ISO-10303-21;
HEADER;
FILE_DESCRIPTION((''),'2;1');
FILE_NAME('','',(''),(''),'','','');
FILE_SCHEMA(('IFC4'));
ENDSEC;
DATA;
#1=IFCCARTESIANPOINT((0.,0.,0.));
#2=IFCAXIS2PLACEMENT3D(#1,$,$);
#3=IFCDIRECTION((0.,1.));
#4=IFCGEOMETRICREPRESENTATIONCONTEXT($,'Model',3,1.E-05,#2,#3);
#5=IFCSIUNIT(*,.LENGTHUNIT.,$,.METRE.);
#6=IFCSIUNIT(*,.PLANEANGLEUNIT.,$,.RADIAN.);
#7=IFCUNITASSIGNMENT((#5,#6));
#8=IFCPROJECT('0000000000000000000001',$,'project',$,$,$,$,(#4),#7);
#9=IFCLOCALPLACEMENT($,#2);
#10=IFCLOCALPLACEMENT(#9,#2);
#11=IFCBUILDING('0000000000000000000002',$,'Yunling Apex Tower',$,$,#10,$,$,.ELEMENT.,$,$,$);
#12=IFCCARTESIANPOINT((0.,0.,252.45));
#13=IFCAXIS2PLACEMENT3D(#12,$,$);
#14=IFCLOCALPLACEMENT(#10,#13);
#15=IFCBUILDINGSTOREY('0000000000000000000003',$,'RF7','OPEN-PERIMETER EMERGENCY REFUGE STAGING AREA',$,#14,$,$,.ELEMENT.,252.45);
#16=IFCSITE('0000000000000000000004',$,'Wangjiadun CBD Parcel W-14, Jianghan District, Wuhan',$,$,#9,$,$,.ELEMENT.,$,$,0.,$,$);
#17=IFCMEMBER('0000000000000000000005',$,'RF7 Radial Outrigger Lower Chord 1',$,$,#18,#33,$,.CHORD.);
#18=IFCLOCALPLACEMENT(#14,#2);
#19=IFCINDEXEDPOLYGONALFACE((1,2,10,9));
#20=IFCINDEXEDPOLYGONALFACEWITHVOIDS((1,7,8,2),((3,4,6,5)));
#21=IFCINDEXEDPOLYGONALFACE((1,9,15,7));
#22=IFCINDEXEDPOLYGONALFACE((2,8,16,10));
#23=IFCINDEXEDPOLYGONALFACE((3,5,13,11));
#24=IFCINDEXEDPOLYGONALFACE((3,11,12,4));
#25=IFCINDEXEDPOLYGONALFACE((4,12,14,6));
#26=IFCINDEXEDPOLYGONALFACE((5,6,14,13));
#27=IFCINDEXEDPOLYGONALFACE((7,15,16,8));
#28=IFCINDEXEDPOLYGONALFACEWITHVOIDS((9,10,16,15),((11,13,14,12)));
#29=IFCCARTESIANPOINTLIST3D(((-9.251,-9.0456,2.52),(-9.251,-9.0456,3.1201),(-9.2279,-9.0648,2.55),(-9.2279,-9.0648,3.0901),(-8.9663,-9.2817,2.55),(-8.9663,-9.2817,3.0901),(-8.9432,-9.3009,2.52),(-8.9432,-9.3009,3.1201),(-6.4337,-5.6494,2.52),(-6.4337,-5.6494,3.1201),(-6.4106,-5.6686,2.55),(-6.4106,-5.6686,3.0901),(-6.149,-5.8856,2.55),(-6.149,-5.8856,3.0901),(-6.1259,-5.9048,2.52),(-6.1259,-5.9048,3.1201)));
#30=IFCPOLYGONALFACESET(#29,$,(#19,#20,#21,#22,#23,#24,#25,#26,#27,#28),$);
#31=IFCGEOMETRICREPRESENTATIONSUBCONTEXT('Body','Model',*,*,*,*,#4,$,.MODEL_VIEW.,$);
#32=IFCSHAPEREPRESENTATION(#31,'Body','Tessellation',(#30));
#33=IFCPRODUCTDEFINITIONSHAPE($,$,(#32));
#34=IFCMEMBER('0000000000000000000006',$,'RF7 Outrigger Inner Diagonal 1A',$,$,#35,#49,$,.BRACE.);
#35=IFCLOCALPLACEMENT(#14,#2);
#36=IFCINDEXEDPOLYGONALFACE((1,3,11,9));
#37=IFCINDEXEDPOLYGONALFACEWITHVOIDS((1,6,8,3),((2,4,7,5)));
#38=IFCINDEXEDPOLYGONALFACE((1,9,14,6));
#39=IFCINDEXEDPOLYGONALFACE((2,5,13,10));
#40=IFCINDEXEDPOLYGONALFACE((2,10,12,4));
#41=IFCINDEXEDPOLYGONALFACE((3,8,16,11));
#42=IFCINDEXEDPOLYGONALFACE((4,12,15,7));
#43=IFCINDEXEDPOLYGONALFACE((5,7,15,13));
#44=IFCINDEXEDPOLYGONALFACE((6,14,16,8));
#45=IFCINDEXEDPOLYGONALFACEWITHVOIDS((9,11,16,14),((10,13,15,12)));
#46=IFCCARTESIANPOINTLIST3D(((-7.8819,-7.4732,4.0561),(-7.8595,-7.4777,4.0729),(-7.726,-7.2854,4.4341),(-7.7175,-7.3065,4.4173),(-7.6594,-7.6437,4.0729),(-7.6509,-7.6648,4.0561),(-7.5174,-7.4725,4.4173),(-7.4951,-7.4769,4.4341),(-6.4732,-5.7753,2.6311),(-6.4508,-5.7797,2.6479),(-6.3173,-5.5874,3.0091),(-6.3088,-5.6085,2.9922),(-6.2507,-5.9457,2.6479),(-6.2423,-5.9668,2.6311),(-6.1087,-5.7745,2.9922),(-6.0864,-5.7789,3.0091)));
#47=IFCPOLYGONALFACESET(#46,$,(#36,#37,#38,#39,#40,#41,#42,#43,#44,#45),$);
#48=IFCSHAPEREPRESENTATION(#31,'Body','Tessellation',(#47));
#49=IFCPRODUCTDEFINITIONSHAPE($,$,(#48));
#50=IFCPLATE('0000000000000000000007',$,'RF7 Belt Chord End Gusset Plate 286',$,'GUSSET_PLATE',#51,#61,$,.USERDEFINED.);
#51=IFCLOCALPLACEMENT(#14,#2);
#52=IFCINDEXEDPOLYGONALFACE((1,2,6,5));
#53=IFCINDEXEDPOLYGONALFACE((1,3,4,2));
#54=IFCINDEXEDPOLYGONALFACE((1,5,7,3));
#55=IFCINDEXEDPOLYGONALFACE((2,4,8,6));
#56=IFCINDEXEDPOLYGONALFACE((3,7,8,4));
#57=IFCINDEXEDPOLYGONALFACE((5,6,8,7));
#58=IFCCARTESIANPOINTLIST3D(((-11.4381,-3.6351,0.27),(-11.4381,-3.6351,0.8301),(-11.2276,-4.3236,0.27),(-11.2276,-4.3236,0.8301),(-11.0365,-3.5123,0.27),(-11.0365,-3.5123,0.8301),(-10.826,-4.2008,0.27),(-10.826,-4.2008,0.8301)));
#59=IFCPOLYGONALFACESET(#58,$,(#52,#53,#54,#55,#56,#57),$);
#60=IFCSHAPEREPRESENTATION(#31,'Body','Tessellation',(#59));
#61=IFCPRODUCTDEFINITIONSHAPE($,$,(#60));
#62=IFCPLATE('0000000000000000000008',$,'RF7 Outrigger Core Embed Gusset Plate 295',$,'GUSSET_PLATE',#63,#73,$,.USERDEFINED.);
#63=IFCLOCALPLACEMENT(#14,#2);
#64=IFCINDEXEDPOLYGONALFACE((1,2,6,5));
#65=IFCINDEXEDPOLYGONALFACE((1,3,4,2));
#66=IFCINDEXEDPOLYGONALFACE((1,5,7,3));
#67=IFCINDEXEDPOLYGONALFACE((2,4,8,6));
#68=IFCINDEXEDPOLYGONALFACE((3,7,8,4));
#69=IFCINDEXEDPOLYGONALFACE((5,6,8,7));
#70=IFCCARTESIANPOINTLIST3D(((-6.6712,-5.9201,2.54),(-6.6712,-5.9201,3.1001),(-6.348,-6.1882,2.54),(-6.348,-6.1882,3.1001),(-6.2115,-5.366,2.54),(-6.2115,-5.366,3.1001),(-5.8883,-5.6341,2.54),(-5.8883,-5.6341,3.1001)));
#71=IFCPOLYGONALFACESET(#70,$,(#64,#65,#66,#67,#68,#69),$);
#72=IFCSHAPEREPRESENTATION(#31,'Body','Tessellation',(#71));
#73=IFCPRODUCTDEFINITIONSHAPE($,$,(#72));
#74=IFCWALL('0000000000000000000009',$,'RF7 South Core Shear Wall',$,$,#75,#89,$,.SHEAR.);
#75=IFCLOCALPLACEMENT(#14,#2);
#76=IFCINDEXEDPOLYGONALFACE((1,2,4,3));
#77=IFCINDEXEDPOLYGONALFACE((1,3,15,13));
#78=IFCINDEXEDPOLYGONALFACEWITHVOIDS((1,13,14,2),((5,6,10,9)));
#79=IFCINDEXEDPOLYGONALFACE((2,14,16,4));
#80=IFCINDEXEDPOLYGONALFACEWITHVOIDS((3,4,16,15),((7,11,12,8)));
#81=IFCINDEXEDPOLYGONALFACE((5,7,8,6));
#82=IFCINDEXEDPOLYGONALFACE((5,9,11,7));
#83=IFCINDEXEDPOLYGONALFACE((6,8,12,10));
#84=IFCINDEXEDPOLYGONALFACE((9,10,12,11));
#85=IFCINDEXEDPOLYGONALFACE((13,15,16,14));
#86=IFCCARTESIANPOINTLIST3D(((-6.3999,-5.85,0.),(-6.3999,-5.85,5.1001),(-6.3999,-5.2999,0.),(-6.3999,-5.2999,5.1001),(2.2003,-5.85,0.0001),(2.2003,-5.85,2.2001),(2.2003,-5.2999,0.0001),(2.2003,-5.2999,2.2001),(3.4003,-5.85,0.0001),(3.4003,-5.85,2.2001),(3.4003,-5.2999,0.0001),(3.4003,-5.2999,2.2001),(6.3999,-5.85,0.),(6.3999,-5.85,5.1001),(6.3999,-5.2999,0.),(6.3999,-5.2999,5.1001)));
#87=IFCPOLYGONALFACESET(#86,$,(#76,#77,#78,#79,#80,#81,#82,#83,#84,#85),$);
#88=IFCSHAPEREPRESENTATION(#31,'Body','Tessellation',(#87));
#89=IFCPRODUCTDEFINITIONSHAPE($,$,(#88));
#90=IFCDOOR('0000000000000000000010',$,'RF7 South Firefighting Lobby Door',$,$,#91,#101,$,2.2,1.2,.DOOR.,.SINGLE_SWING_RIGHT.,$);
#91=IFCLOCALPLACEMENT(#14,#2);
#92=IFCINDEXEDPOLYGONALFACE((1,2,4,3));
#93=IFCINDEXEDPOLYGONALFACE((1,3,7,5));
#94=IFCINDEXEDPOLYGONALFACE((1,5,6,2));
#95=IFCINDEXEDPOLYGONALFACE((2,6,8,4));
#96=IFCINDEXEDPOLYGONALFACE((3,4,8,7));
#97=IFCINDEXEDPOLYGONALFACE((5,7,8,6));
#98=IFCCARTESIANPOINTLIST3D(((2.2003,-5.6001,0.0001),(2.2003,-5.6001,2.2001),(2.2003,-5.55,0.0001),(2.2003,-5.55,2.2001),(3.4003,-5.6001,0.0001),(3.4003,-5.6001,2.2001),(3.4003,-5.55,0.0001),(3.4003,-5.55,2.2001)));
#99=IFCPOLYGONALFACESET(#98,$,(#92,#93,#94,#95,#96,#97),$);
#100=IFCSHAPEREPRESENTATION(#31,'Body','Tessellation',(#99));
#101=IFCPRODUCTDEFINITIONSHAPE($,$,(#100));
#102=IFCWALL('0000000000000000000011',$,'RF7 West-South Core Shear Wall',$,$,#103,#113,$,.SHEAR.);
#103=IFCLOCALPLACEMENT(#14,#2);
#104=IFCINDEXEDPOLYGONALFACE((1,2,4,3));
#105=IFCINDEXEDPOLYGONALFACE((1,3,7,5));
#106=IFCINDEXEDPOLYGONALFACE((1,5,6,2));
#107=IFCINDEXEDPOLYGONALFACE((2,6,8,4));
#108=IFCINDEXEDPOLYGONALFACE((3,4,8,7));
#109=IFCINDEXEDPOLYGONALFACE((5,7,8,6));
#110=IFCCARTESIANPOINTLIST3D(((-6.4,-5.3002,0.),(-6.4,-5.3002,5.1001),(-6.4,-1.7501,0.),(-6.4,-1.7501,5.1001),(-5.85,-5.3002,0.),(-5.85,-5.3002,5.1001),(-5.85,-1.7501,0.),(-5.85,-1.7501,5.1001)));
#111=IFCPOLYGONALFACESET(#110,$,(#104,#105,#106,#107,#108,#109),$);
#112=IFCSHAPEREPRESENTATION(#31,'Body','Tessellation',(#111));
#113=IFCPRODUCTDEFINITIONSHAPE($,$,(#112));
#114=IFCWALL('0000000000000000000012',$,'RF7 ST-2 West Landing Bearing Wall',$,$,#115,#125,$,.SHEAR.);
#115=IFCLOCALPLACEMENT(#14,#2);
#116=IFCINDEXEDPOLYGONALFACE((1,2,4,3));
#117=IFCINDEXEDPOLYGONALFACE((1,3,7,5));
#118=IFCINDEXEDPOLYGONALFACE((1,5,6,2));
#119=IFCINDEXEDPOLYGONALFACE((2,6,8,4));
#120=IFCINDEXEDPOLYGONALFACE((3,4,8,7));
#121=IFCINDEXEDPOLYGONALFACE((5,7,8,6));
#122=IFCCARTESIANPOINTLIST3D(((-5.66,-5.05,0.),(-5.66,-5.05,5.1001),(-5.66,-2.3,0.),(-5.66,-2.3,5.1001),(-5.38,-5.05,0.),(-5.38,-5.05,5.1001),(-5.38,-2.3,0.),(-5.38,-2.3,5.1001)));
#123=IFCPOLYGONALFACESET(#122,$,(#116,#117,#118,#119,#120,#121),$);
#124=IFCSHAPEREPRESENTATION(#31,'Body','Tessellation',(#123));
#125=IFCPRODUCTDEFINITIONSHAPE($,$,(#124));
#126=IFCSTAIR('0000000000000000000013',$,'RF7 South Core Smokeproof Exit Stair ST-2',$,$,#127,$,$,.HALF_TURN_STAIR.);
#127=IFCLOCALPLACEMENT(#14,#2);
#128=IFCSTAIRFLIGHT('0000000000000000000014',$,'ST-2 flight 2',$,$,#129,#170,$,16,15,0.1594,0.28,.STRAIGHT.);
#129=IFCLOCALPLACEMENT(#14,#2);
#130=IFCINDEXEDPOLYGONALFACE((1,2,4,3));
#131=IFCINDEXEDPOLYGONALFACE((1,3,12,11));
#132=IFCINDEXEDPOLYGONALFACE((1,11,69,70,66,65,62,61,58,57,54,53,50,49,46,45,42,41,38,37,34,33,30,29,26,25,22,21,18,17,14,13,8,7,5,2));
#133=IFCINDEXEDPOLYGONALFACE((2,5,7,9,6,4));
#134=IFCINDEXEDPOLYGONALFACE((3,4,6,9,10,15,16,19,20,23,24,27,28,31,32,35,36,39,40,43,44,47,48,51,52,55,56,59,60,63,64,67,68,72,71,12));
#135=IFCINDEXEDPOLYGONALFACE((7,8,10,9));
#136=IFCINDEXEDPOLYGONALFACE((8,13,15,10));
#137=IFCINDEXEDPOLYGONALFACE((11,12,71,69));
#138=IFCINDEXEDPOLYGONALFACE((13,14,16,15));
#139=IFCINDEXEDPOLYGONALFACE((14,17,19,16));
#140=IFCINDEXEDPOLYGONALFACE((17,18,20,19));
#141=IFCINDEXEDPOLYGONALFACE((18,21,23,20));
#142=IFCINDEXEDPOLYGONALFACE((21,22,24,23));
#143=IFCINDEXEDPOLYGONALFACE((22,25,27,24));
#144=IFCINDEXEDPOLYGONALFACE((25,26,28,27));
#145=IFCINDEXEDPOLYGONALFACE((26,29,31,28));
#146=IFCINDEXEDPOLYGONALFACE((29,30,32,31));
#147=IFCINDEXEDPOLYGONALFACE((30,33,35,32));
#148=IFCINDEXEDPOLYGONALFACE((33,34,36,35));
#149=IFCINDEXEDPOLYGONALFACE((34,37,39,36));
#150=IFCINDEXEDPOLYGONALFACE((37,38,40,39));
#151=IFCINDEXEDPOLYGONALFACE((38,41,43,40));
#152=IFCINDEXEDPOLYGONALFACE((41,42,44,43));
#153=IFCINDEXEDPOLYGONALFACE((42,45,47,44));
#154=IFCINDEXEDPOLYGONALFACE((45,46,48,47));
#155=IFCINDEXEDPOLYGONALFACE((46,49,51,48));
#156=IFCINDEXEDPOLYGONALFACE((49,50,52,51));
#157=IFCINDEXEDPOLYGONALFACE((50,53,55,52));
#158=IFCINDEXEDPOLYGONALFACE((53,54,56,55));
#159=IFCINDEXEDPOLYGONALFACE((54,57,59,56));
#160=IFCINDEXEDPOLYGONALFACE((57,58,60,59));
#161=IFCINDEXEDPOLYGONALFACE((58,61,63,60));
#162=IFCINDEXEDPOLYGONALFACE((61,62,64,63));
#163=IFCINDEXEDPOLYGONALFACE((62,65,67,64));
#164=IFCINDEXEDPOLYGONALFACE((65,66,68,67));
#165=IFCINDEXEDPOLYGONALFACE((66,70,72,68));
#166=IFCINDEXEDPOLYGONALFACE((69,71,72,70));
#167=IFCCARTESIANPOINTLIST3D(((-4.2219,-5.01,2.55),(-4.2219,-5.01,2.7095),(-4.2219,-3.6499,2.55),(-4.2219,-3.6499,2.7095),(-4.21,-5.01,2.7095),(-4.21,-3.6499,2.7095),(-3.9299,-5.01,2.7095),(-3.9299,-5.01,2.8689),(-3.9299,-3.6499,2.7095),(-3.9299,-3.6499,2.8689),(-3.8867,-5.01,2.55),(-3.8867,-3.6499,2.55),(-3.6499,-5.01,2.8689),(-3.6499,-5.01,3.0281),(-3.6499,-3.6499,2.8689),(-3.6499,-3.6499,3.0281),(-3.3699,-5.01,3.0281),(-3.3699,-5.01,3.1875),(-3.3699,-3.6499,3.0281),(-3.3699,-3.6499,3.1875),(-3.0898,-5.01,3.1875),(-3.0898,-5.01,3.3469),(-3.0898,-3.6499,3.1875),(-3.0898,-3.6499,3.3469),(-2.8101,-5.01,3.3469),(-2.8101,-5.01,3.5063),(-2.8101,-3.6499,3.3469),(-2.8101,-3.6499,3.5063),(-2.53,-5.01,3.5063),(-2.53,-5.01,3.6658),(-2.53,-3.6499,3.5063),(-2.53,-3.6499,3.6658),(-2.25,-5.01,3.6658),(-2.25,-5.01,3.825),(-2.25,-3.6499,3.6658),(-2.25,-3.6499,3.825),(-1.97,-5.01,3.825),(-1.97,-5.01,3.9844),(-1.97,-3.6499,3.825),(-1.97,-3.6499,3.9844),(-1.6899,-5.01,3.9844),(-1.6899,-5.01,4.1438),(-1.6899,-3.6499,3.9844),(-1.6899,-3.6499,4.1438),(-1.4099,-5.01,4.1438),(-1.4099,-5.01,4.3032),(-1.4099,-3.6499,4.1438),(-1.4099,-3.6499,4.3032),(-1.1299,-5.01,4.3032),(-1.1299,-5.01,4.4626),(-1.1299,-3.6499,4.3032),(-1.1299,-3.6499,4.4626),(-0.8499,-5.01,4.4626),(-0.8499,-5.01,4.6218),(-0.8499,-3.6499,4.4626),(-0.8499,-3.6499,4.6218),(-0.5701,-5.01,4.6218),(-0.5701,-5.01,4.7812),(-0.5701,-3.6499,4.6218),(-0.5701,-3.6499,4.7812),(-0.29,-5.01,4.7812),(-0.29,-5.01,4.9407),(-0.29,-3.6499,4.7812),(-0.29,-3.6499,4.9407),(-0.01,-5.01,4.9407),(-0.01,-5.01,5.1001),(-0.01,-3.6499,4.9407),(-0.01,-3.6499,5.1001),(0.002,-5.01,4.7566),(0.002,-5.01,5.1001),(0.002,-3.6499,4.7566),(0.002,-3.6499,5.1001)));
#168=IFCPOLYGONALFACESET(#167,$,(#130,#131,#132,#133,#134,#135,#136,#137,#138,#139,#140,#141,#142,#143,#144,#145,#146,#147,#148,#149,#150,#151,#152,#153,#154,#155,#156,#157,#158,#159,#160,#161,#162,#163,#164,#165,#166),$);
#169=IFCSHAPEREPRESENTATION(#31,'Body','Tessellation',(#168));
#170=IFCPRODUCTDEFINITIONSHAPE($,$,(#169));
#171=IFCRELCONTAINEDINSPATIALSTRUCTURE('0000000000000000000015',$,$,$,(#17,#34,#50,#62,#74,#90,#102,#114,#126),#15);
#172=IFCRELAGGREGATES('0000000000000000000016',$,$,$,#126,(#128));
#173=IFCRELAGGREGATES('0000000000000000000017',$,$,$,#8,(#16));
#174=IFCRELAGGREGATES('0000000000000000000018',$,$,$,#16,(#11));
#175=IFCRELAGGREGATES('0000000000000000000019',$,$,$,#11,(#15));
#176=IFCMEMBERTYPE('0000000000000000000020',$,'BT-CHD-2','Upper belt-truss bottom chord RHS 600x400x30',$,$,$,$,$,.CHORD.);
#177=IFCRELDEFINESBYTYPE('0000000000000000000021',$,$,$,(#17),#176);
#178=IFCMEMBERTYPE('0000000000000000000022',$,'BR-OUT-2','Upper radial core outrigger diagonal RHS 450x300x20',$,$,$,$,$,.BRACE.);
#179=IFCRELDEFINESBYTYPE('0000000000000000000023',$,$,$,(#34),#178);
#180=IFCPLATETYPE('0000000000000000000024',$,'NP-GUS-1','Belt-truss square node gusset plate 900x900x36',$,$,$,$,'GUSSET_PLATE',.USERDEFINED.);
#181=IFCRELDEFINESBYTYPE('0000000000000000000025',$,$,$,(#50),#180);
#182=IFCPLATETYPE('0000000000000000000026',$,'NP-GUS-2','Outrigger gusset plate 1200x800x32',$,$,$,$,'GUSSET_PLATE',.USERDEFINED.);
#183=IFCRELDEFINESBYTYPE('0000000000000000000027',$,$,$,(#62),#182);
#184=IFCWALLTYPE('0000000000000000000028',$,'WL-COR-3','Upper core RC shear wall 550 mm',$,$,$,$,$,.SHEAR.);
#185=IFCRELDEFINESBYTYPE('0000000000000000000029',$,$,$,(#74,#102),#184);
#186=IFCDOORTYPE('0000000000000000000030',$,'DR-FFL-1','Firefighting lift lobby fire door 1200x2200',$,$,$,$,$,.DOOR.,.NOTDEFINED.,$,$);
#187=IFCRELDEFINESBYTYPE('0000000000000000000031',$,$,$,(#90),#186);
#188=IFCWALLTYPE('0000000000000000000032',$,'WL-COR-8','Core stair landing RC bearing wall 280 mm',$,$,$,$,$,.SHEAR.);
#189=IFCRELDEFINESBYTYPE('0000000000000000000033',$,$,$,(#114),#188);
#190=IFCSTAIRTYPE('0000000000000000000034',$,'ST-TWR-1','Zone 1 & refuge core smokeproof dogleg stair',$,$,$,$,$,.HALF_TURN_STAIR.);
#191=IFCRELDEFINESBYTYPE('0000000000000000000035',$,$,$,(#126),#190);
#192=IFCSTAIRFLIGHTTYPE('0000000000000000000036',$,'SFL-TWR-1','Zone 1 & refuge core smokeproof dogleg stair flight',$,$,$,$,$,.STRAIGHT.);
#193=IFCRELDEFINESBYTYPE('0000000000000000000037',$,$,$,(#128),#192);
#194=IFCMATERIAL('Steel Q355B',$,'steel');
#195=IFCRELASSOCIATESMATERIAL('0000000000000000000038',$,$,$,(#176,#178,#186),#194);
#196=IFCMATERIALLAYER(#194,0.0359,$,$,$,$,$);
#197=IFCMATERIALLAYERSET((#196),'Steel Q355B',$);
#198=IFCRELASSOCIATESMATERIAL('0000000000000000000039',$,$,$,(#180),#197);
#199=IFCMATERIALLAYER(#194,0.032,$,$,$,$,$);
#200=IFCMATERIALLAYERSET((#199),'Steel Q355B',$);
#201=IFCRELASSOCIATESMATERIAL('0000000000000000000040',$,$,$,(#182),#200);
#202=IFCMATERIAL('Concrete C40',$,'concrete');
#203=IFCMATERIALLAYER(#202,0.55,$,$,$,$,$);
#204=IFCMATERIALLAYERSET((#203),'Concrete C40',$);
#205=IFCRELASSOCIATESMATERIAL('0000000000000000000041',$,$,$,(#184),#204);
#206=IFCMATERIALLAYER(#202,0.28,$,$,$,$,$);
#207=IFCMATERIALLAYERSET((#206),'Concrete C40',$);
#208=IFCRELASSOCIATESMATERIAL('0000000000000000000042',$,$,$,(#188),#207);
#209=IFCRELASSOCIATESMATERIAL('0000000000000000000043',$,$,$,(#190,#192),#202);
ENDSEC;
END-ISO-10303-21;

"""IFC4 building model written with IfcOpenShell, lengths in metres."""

from ifc_helpers import new_model, si_unit, direction, frame, frame_2d, origin, origin_2d, place, context, subcontext, project, spatial, polyline, rectangle, hollow_rectangle, outline, extrude, source, transform, mapped, material, layer, layer_set, material_profile, profile_set, type_object, element, fill, aggregate, save


model = new_model("IFC4")

# Units and contexts
model_context = context("Model", 3, precision=1e-05, world=origin(), true_north=direction((0.0, 1.0)))
body_context = subcontext(model_context, "Body", "Model", "MODEL_VIEW")
ifc_project = project(units=[si_unit("LENGTHUNIT", "METRE"), si_unit("PLANEANGLEUNIT", "RADIAN")], contexts=[model_context])

# Site, building, storey
site_placement = place(None, origin())
site = spatial("IfcSite", under=ifc_project, at=site_placement, Name="Wangjiadun CBD Parcel W-14, Jianghan District, Wuhan", CompositionType="ELEMENT", RefElevation=0.0)
building_placement = place(site_placement, origin())
building = spatial("IfcBuilding", under=site, at=building_placement, Name="Yunling Apex Tower", CompositionType="ELEMENT")
storey_placement = place(building_placement, frame((0.0, 0.0, 252.45)))
storey = spatial("IfcBuildingStorey", under=building, at=storey_placement, Name="RF7", Description="OPEN-PERIMETER EMERGENCY REFUGE STAGING AREA", CompositionType="ELEMENT", Elevation=252.45)

# Shared definitions
ifc_material_1 = material(Name="Steel Q355B", Category="steel")

# Shared definitions
ifc_material_profile_1 = material_profile(ifc_material_1, hollow_rectangle(XDim=0.3999, YDim=0.6001, WallThickness=0.03, at=origin_2d()))
ifc_profile_set_1 = profile_set([ifc_material_profile_1], Name="Steel Q355B")
member_type_1 = type_object("IfcMemberType", Name="BT-CHD-2", Description="Upper belt-truss bottom chord RHS 600x400x30", PredefinedType="CHORD", material=ifc_profile_set_1)

# Members
shared_shape_1 = source(origin(), body_context, "Body", "SweptSolid", [
    extrude(hollow_rectangle(XDim=0.3999, YDim=0.6001, WallThickness=0.03, at=origin_2d()), origin(), (0.0, 0.0, 1.0), 4.4126),
])
member_1_placement = place(storey_placement, frame((-6.2798, -5.7771, 2.8201), z_axis=(-0.638469, -0.769648, 0.0), x_axis=(0.769648, -0.638469, 0.0)))
element("IfcMember", 1, at=member_1_placement, inside=storey, type_object=member_type_1, Name="RF7 Radial Outrigger Lower Chord 1", PredefinedType="CHORD", context=body_context, shape_type="MappedRepresentation", body=[
    mapped(shared_shape_1, transform((0.0, 0.0, 0.0), scale=1.0)),
])
ifc_material_profile_2 = material_profile(ifc_material_1, hollow_rectangle(XDim=0.3, YDim=0.45, WallThickness=0.02, at=origin_2d()))
ifc_profile_set_2 = profile_set([ifc_material_profile_2], Name="Steel Q355B")
member_type_2 = type_object("IfcMemberType", Name="BR-OUT-2", Description="Upper radial core outrigger diagonal RHS 450x300x20", PredefinedType="BRACE", material=ifc_profile_set_2)
shared_shape_2 = source(origin(), body_context, "Body", "SweptSolid", [
    extrude(hollow_rectangle(XDim=0.3, YDim=0.45, WallThickness=0.02, at=origin_2d()), origin(), (0.0, 0.0, 1.0), 2.6265),
])
member_2_placement = place(storey_placement, frame((-6.2798, -5.7771, 2.8201), z_axis=(-0.536343, -0.646493, 0.542571), x_axis=(0.769625, -0.638496, 0.0)))
element("IfcMember", 2, at=member_2_placement, inside=storey, type_object=member_type_2, Name="RF7 Outrigger Inner Diagonal 1A", PredefinedType="BRACE", context=body_context, shape_type="MappedRepresentation", body=[
    mapped(shared_shape_2, transform((0.0, 0.0, 0.0), scale=1.0)),
])

# Plates
ifc_layer_1 = layer(ifc_material_1, 0.0359)
ifc_layer_set_1 = layer_set([ifc_layer_1], Name="Steel Q355B")
plate_type_1 = type_object("IfcPlateType", Name="NP-GUS-1", Description="Belt-truss square node gusset plate 900x900x36", ElementType="GUSSET_PLATE", PredefinedType="USERDEFINED", material=ifc_layer_set_1)
shared_shape_3 = source(origin(), body_context, "Body", "SweptSolid", [
    extrude(rectangle(XDim=0.72, YDim=0.4199, at=origin_2d()), origin(), (0.0, 0.0, 1.0), 0.5601),
])
plate_1_placement = place(storey_placement, frame((-11.1321, -3.918, 0.27), z_axis=(0.0, 0.0, 1.0), x_axis=(0.292372, -0.956305, 0.0)))
element("IfcPlate", 3, at=plate_1_placement, inside=storey, type_object=plate_type_1, Name="RF7 Belt Chord End Gusset Plate 286", ObjectType="GUSSET_PLATE", PredefinedType="USERDEFINED", context=body_context, shape_type="MappedRepresentation", body=[
    mapped(shared_shape_3, transform((0.0, 0.0, 0.0), scale=1.0)),
])
ifc_layer_2 = layer(ifc_material_1, 0.032)
ifc_layer_set_2 = layer_set([ifc_layer_2], Name="Steel Q355B")
plate_type_2 = type_object("IfcPlateType", Name="NP-GUS-2", Description="Outrigger gusset plate 1200x800x32", ElementType="GUSSET_PLATE", PredefinedType="USERDEFINED", material=ifc_layer_set_2)
shared_shape_4 = source(origin(), body_context, "Body", "SweptSolid", [
    extrude(rectangle(XDim=0.72, YDim=0.4199, at=origin_2d()), origin(), (0.0, 0.0, 1.0), 0.5601),
])
plate_2_placement = place(storey_placement, frame((-6.2798, -5.7771, 2.54), z_axis=(0.0, 0.0, 1.0), x_axis=(-0.638499, -0.769622, 0.0)))
element("IfcPlate", 4, at=plate_2_placement, inside=storey, type_object=plate_type_2, Name="RF7 Outrigger Core Embed Gusset Plate 295", ObjectType="GUSSET_PLATE", PredefinedType="USERDEFINED", context=body_context, shape_type="MappedRepresentation", body=[
    mapped(shared_shape_4, transform((0.0, 0.0, 0.0), scale=1.0)),
])

# Wall, opening, door
ifc_material_2 = material(Name="Concrete C40", Category="concrete")
ifc_layer_3 = layer(ifc_material_2, 0.55)
ifc_layer_set_3 = layer_set([ifc_layer_3], Name="Concrete C40")
wall_type_1 = type_object("IfcWallType", Name="WL-COR-3", Description="Upper core RC shear wall 550 mm", PredefinedType="SHEAR", material=ifc_layer_set_3)
wall_1_placement = place(storey_placement, frame((-6.3999, -5.575, 0.0), z_axis=(0.0, 0.0, 1.0), x_axis=(1.0, 0.0, 0.0)))
wall_1 = element("IfcWall", 5, at=wall_1_placement, inside=storey, type_object=wall_type_1, Name="RF7 South Core Shear Wall", PredefinedType="SHEAR", context=body_context, shape_type="SweptSolid", body=[
    extrude(rectangle(XDim=12.7998, YDim=0.55, at=frame_2d((6.3999, 0.0))), origin(), (0.0, 0.0, 1.0), 5.1001),
])
opening_placement = place(wall_1_placement, frame((8.6001, 0.0, 0.0)))
opening = element("IfcOpeningElement", 6, at=opening_placement, cuts=wall_1, PredefinedType="OPENING", context=body_context, shape_type="SweptSolid", body=[
    extrude(rectangle(XDim=1.2, YDim=2.2, at=frame_2d((0.6001, 1.1001))), frame((0.0, 0.2852, 0.0), z_axis=(0.0, -1.0, 0.0), x_axis=(1.0, 0.0, 0.0)), (0.0, 0.0, 1.0), 0.5701),
])
door_type = type_object("IfcDoorType", Name="DR-FFL-1", Description="Firefighting lift lobby fire door 1200x2200", OperationType="NOTDEFINED", PredefinedType="DOOR", material=ifc_material_1)
door_placement = place(opening_placement, origin())
door = element("IfcDoor", 7, at=door_placement, inside=storey, type_object=door_type, Name="RF7 South Firefighting Lobby Door", OperationType="SINGLE_SWING_RIGHT", OverallHeight=2.2, OverallWidth=1.2, PredefinedType="DOOR", context=body_context, shape_type="SweptSolid", body=[
    extrude(rectangle(XDim=1.2, YDim=2.2, at=frame_2d((0.6001, 1.1001))), frame((0.0, 0.0249, 0.0), z_axis=(0.0, -1.0, 0.0), x_axis=(1.0, 0.0, 0.0)), (0.0, 0.0, 1.0), 0.05),
])
fill(opening, door)

# Walls
wall_2_placement = place(storey_placement, frame((-6.125, -5.3, 0.0), z_axis=(0.0, 0.0, 1.0), x_axis=(0.0, 1.0, 0.0)))
element("IfcWall", 8, at=wall_2_placement, inside=storey, type_object=wall_type_1, Name="RF7 West-South Core Shear Wall", PredefinedType="SHEAR", context=body_context, shape_type="SweptSolid", body=[
    extrude(rectangle(XDim=3.55, YDim=0.55, at=frame_2d((1.7749, 0.0))), origin(), (0.0, 0.0, 1.0), 5.1001),
])
ifc_layer_4 = layer(ifc_material_2, 0.28)
ifc_layer_set_4 = layer_set([ifc_layer_4], Name="Concrete C40")
wall_type_2 = type_object("IfcWallType", Name="WL-COR-8", Description="Core stair landing RC bearing wall 280 mm", PredefinedType="SHEAR", material=ifc_layer_set_4)
wall_3_placement = place(storey_placement, frame((-5.52, -5.05, 0.0), z_axis=(0.0, 0.0, 1.0), x_axis=(0.0, 1.0, 0.0)))
element("IfcWall", 9, at=wall_3_placement, inside=storey, type_object=wall_type_2, Name="RF7 ST-2 West Landing Bearing Wall", PredefinedType="SHEAR", context=body_context, shape_type="SweptSolid", body=[
    extrude(rectangle(XDim=2.75, YDim=0.28, at=frame_2d((1.375, 0.0))), origin(), (0.0, 0.0, 1.0), 5.1001),
])

# Stair, stair flight
stair_type = type_object("IfcStairType", Name="ST-TWR-1", Description="Zone 1 & refuge core smokeproof dogleg stair", PredefinedType="HALF_TURN_STAIR", material=ifc_material_2)
stair_placement = place(storey_placement, origin())
stair = element("IfcStair", 10, at=stair_placement, inside=storey, type_object=stair_type, Name="RF7 South Core Smokeproof Exit Stair ST-2", PredefinedType="HALF_TURN_STAIR")
stair_flight_type = type_object("IfcStairFlightType", Name="SFL-TWR-1", Description="Zone 1 & refuge core smokeproof dogleg stair flight", PredefinedType="STRAIGHT", material=ifc_material_2)
stair_flight_placement = place(storey_placement, frame((-4.21, -4.3301, 2.55), z_axis=(0.0, 0.0, 1.0), x_axis=(1.0, 0.0, 0.0)))
stair_flight = element("IfcStairFlight", 11, at=stair_flight_placement, type_object=stair_flight_type, Name="ST-2 flight 2", NumberOfRisers=16, NumberOfTreads=15, PredefinedType="STRAIGHT", RiserHeight=0.1594, TreadLength=0.28, context=body_context, shape_type="SweptSolid", body=[
    extrude(outline(polyline([(-0.012, 0.0), (-0.012, 0.1594), (0.0, 0.1594), (0.28, 0.1594), (0.28, 0.3188), (0.5601, 0.3188), (0.5601, 0.478), (0.8401, 0.478), (0.8401, 0.6375), (1.1201, 0.6375), (1.1201, 0.7969), (1.3999, 0.7969), (1.3999, 0.9563), (1.6799, 0.9563), (1.6799, 1.1157), (1.96, 1.1157), (1.96, 1.2749), (2.24, 1.2749), (2.24, 1.4343), (2.52, 1.4343), (2.52, 1.5938), (2.8, 1.5938), (2.8, 1.7532), (3.0801, 1.7532), (3.0801, 1.9126), (3.3601, 1.9126), (3.3601, 2.0718), (3.6399, 2.0718), (3.6399, 2.2312), (3.9199, 2.2312), (3.9199, 2.3906), (4.2, 2.3906), (4.2, 2.55), (4.2119, 2.55), (4.2119, 2.2065), (0.3232, 0.0), (-0.012, 0.0)])), frame((0.0, 0.6802, 0.0), z_axis=(0.0, -1.0, 0.0), x_axis=(1.0, 0.0, 0.0)), (0.0, 0.0, 1.0), 1.3601),
])
aggregate(stair, [stair_flight])

save(model, "model.ifc")
